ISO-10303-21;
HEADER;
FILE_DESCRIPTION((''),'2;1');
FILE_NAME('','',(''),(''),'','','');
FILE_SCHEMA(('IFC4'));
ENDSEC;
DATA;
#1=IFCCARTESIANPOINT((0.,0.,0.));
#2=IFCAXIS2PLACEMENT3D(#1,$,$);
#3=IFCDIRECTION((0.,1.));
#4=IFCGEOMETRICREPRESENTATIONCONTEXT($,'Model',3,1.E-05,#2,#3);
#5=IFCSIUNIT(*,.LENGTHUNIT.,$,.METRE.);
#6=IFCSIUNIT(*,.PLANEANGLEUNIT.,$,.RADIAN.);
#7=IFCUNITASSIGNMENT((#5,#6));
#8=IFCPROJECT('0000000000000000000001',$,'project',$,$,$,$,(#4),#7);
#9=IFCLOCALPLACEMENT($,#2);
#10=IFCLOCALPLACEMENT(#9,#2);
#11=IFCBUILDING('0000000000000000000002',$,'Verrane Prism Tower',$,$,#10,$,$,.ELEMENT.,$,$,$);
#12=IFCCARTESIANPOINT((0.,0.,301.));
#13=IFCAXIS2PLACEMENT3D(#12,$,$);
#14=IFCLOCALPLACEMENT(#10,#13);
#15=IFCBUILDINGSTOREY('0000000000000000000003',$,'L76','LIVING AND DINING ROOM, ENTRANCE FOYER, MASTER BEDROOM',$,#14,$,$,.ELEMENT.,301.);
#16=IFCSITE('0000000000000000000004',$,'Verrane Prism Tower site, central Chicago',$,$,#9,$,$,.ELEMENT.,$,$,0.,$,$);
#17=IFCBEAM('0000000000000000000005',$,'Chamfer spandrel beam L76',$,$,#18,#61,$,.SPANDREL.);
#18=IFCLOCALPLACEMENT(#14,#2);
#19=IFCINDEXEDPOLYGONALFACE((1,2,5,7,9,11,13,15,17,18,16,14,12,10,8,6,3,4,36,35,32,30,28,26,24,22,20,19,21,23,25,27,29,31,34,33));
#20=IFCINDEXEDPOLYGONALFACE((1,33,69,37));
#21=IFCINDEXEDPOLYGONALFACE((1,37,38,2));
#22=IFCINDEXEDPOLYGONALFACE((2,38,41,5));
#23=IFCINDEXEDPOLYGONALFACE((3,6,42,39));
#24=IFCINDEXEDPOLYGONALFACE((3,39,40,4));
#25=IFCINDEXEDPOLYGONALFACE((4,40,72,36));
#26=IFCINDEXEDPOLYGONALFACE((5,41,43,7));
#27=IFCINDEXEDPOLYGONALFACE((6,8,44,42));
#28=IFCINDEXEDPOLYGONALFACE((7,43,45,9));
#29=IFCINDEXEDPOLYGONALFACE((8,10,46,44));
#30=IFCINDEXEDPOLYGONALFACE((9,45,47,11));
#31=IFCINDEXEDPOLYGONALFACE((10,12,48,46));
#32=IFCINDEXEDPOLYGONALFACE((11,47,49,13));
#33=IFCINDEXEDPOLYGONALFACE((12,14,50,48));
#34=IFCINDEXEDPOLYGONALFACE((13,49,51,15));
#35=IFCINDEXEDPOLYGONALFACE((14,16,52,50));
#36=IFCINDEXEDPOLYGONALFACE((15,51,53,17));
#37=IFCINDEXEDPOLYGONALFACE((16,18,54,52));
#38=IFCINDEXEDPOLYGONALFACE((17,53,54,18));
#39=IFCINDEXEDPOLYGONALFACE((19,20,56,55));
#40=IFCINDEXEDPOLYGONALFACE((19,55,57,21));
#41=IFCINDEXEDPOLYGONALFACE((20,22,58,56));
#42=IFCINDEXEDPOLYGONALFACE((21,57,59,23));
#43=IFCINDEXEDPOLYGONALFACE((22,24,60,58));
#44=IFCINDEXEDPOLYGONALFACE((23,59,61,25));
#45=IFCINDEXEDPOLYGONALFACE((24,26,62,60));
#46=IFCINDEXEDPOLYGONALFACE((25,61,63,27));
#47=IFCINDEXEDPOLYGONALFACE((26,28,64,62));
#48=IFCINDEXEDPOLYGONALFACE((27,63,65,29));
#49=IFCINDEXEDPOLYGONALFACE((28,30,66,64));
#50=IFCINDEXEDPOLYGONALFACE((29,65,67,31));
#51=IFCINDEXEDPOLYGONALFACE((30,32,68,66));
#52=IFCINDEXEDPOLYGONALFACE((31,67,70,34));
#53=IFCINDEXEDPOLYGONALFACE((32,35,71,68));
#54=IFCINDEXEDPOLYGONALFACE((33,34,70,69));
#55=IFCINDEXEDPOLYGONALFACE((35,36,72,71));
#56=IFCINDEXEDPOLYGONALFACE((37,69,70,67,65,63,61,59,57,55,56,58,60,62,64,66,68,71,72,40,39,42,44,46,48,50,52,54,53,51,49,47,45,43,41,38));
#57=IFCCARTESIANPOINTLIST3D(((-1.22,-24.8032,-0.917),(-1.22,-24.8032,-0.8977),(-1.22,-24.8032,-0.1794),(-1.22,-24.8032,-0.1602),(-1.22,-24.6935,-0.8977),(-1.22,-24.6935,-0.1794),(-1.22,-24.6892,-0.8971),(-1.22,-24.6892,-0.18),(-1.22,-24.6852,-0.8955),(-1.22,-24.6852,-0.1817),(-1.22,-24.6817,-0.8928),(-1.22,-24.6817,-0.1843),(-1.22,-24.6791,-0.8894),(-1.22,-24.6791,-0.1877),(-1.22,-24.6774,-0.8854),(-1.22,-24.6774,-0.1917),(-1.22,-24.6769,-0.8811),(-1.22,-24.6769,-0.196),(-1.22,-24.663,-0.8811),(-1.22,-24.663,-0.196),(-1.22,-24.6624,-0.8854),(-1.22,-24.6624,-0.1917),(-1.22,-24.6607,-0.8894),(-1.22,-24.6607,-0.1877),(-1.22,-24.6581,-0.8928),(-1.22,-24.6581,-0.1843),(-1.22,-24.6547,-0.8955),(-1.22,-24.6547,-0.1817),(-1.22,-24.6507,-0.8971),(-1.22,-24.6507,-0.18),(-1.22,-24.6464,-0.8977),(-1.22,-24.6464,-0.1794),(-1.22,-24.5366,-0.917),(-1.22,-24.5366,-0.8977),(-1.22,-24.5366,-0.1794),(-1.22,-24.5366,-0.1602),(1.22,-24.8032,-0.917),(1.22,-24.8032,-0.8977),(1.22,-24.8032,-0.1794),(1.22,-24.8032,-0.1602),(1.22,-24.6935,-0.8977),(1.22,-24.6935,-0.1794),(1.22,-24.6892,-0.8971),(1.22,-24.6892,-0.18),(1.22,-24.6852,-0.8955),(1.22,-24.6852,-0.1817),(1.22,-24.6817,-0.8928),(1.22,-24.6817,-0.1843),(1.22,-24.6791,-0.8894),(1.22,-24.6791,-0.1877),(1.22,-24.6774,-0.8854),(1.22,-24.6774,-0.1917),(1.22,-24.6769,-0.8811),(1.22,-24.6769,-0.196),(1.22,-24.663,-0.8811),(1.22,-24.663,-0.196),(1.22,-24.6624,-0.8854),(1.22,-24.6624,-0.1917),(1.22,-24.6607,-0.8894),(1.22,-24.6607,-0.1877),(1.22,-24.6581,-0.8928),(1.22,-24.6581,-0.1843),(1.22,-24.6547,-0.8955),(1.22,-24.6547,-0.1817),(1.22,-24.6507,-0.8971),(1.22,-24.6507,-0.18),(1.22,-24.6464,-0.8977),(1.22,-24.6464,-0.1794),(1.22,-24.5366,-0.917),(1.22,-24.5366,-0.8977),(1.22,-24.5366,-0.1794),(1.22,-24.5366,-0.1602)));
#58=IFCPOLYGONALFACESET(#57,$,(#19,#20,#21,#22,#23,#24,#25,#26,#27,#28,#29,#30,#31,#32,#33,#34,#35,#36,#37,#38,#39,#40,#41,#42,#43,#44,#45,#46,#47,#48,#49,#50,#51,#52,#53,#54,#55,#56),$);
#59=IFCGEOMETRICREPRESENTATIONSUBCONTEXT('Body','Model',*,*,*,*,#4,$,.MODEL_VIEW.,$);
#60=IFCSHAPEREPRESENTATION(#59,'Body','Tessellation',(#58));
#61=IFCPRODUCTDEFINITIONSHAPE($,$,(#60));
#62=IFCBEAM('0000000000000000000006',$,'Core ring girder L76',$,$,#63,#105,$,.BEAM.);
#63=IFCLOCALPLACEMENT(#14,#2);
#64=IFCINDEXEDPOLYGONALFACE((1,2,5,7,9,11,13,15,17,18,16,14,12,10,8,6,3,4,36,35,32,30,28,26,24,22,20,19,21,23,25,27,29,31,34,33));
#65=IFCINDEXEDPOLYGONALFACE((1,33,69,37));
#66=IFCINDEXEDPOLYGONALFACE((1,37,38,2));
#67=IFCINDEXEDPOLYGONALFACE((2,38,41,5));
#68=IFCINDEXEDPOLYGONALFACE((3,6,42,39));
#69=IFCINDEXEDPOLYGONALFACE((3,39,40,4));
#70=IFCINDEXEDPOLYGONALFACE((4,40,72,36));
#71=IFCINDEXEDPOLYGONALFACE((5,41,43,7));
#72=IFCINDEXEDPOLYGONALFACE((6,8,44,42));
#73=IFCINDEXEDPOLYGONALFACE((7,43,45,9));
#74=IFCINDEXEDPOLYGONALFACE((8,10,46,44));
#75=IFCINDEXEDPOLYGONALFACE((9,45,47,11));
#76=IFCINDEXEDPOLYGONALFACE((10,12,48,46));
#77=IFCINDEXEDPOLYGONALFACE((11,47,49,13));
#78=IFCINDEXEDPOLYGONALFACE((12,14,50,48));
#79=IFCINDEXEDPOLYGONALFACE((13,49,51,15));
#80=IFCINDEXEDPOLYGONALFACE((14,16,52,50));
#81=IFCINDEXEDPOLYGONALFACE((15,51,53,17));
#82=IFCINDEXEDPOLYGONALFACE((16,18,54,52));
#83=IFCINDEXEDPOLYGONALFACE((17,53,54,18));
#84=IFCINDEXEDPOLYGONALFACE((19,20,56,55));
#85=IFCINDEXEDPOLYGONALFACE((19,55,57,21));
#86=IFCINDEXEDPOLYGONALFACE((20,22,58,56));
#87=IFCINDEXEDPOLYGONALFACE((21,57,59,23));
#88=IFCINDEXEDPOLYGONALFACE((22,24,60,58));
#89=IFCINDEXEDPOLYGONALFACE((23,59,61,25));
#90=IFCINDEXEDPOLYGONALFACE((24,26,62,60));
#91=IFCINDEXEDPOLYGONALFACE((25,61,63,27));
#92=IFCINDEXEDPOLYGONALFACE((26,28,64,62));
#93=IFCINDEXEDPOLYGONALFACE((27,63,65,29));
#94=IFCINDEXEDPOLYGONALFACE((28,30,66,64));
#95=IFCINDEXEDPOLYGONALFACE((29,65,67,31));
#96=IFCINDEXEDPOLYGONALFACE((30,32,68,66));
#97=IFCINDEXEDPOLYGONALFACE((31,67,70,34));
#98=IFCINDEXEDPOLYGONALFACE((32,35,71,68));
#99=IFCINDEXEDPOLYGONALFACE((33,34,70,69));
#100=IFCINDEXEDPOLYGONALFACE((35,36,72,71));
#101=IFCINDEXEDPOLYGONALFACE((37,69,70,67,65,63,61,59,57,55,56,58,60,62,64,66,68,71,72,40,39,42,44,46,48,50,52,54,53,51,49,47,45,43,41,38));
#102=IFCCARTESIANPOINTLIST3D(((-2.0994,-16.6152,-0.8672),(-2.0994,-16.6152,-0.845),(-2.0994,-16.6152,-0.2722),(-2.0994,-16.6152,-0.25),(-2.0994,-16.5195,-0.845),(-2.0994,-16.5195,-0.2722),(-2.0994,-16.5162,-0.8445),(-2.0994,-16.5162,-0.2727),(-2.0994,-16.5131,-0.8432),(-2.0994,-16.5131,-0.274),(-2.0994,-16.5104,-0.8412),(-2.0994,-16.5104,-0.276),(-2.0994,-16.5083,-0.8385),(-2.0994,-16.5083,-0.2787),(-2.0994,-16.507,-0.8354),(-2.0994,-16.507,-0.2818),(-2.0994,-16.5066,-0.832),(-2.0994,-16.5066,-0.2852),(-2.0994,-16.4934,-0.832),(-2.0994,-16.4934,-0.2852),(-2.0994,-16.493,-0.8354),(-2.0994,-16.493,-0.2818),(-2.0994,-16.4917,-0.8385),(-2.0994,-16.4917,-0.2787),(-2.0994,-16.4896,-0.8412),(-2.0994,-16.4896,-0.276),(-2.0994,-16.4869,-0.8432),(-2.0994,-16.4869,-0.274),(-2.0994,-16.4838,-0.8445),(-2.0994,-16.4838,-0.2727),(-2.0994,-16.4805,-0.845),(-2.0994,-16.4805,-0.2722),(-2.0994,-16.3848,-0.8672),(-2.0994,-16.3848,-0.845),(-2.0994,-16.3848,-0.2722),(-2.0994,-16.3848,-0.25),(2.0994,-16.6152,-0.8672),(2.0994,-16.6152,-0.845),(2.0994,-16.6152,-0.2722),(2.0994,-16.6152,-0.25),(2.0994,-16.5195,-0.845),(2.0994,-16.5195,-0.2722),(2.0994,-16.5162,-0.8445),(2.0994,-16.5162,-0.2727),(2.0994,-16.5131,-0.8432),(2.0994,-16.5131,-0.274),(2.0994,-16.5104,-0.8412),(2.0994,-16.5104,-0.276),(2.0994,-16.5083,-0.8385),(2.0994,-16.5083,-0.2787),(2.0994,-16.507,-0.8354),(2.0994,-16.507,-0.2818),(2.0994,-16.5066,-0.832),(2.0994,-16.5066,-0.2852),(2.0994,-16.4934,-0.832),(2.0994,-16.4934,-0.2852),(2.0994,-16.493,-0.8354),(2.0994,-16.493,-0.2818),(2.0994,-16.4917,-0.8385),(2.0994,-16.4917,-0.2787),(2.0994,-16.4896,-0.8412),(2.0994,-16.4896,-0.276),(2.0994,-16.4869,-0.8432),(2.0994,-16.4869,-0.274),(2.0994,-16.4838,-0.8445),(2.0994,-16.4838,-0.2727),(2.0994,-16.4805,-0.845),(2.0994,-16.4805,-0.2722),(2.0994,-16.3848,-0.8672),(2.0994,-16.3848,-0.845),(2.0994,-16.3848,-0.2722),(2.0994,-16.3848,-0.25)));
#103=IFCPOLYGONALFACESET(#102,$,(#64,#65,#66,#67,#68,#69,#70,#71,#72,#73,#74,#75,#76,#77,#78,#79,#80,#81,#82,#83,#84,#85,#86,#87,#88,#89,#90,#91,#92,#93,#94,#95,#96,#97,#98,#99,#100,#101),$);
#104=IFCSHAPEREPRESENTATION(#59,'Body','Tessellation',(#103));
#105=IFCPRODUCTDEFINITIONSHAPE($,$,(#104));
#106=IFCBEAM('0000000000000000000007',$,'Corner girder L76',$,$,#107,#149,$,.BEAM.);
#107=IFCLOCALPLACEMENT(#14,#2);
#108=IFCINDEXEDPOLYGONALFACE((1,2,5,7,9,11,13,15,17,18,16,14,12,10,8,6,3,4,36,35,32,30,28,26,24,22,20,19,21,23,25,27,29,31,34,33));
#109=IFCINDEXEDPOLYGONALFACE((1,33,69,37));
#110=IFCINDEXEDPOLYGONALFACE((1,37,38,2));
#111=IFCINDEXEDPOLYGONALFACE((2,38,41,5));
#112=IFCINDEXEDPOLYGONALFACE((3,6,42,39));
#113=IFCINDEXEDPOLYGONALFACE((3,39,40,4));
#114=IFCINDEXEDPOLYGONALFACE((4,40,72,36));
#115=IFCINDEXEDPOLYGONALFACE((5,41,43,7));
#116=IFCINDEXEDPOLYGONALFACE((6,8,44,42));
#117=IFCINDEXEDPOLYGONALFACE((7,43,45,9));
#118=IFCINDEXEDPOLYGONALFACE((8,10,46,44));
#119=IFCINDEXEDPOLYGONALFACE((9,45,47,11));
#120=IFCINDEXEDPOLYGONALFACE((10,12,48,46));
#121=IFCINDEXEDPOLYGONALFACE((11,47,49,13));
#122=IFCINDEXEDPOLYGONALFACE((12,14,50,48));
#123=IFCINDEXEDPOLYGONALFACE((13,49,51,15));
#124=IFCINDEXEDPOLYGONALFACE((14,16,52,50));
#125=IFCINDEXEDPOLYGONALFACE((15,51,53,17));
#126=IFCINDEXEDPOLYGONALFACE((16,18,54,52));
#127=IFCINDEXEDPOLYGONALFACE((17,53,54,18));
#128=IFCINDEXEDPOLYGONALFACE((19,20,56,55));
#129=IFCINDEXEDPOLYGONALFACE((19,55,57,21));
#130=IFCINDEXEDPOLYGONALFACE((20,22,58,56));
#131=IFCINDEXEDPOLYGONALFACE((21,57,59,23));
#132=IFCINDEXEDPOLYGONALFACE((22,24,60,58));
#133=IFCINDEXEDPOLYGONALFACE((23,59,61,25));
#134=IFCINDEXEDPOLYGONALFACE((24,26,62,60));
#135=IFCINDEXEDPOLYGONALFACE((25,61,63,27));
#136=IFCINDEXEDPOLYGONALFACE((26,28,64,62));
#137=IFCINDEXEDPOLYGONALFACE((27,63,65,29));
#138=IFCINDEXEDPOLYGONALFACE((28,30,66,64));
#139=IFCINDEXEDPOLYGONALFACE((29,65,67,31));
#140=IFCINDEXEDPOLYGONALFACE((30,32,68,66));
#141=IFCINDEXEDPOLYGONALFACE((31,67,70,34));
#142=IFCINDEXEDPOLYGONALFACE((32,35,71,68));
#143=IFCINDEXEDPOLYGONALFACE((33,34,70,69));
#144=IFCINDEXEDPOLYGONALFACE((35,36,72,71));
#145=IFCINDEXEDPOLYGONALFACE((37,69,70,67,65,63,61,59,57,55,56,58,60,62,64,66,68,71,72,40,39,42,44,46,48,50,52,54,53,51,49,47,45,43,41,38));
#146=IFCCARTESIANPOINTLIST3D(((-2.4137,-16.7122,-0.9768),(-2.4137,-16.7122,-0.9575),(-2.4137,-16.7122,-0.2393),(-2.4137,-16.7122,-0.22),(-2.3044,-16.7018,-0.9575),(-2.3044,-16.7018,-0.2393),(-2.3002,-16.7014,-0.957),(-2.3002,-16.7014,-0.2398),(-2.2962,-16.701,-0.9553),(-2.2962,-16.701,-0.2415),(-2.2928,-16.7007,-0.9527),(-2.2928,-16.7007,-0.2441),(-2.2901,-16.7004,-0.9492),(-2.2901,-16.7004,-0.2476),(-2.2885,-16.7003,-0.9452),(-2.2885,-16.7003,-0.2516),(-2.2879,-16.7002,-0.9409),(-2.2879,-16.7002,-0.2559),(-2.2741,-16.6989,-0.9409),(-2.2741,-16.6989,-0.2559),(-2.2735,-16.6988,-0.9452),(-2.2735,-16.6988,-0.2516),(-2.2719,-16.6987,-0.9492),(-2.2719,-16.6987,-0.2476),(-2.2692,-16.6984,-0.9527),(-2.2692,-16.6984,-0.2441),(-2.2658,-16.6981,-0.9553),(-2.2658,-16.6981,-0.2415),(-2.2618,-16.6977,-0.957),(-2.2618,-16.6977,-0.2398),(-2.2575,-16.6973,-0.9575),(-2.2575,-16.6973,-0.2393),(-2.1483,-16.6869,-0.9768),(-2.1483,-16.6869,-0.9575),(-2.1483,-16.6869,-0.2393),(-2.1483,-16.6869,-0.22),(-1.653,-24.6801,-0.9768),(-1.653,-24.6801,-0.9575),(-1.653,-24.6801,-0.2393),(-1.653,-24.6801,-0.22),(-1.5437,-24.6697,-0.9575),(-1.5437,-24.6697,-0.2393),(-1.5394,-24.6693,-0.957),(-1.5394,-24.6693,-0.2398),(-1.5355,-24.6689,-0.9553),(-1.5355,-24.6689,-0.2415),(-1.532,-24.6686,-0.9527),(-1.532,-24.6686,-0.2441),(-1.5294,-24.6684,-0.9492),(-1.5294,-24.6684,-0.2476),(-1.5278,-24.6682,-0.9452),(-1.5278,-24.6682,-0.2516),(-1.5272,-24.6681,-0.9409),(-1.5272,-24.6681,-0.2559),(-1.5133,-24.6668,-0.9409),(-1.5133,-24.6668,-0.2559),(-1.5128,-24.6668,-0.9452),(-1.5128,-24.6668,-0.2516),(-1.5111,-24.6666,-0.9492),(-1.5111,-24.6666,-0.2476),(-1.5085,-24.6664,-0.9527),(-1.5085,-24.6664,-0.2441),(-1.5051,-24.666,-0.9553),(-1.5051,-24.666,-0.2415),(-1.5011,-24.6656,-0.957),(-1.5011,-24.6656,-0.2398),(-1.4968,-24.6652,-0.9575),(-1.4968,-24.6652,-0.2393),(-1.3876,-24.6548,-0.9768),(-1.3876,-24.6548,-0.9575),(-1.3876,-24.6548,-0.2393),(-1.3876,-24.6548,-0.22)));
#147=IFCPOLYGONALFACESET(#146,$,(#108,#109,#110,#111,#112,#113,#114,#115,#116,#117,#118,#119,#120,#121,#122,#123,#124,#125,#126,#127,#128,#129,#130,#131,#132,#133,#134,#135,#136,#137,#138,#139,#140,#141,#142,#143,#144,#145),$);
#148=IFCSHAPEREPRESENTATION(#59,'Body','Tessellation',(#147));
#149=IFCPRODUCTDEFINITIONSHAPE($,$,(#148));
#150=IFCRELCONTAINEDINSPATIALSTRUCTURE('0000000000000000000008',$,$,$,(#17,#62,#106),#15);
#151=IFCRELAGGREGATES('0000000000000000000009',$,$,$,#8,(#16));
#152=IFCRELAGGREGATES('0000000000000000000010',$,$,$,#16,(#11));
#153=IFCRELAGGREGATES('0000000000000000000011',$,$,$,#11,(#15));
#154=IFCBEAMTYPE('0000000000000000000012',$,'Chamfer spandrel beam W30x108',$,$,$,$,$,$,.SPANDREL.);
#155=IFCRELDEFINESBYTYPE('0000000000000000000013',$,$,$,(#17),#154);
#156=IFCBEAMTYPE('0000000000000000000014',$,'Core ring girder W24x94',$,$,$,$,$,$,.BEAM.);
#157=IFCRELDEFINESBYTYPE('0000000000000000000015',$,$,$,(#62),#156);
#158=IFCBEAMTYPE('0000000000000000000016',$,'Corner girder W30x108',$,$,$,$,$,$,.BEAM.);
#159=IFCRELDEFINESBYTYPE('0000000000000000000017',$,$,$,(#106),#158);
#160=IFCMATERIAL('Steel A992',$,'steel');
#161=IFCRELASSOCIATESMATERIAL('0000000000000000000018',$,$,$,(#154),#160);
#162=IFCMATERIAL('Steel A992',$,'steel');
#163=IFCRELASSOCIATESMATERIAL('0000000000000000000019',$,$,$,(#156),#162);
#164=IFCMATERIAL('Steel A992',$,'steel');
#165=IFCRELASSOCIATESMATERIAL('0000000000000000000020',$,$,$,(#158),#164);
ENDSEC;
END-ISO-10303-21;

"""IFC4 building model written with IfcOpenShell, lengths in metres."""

from ifc_helpers import new_model, si_unit, direction, frame, origin, origin_2d, place, context, subcontext, project, spatial, i_section, extrude, material, material_profile, profile_set, type_object, element, save


model = new_model("IFC4")

# Units and contexts
model_context = context("Model", 3, precision=1e-05, world=origin(), true_north=direction((0.0, 1.0)))
body_context = subcontext(model_context, "Body", "Model", "MODEL_VIEW")
ifc_project = project(units=[si_unit("LENGTHUNIT", "METRE"), si_unit("PLANEANGLEUNIT", "RADIAN")], contexts=[model_context])

# Site, building, storey
site_placement = place(None, origin())
site = spatial("IfcSite", under=ifc_project, at=site_placement, Name="Verrane Prism Tower site, central Chicago", CompositionType="ELEMENT", RefElevation=0.0)
building_placement = place(site_placement, origin())
building = spatial("IfcBuilding", under=site, at=building_placement, Name="Verrane Prism Tower", CompositionType="ELEMENT")
storey_placement = place(building_placement, frame((0.0, 0.0, 301.0)))
storey = spatial("IfcBuildingStorey", under=building, at=storey_placement, Name="L76", Description="LIVING AND DINING ROOM, ENTRANCE FOYER, MASTER BEDROOM", CompositionType="ELEMENT", Elevation=301.0)

# Beams
ifc_material_1 = material(Name="Steel A992", Category="steel")
ifc_material_profile_1 = material_profile(ifc_material_1, i_section(OverallWidth=0.2666, OverallDepth=0.7568, WebThickness=0.0139, FlangeThickness=0.0193, FilletRadius=0.0166, at=origin_2d()), Name="W30x108")
ifc_profile_set_1 = profile_set([ifc_material_profile_1], Name="Steel A992")
beam_type_1 = type_object("IfcBeamType", Name="Chamfer spandrel beam W30x108", PredefinedType="SPANDREL", material=ifc_profile_set_1)
beam_1_placement = place(storey_placement, frame((-1.22, -24.6699, -0.5386), z_axis=(1.0, 0.0, 0.0), x_axis=(0.0, 1.0, 0.0)))
element("IfcBeam", 1, at=beam_1_placement, inside=storey, type_object=beam_type_1, Name="Chamfer spandrel beam L76", PredefinedType="SPANDREL", context=body_context, shape_type="SweptSolid", body=[
    extrude(i_section(OverallWidth=0.2666, OverallDepth=0.7568, WebThickness=0.0139, FlangeThickness=0.0193, FilletRadius=0.0166, at=origin_2d()), origin(), (0.0, 0.0, 1.0), 2.4399),
])
ifc_material_2 = material(Name="Steel A992", Category="steel")
ifc_material_profile_2 = material_profile(ifc_material_2, i_section(OverallWidth=0.2305, OverallDepth=0.6172, WebThickness=0.0132, FlangeThickness=0.0222, FilletRadius=0.0129, at=origin_2d()), Name="W24x94")
ifc_profile_set_2 = profile_set([ifc_material_profile_2], Name="Steel A992")
beam_type_2 = type_object("IfcBeamType", Name="Core ring girder W24x94", PredefinedType="BEAM", material=ifc_profile_set_2)
beam_2_placement = place(storey_placement, frame((-2.0994, -16.5, -0.5586), z_axis=(1.0, 0.0, 0.0), x_axis=(0.0, 1.0, 0.0)))
element("IfcBeam", 2, at=beam_2_placement, inside=storey, type_object=beam_type_2, Name="Core ring girder L76", PredefinedType="BEAM", context=body_context, shape_type="SweptSolid", body=[
    extrude(i_section(OverallWidth=0.2305, OverallDepth=0.6172, WebThickness=0.0132, FlangeThickness=0.0222, FilletRadius=0.0129, at=origin_2d()), origin(), (0.0, 0.0, 1.0), 4.1987),
])
ifc_material_3 = material(Name="Steel A992", Category="steel")
ifc_material_profile_3 = material_profile(ifc_material_3, i_section(OverallWidth=0.2666, OverallDepth=0.7568, WebThickness=0.0139, FlangeThickness=0.0193, FilletRadius=0.0166, at=origin_2d()), Name="W30x108")
ifc_profile_set_3 = profile_set([ifc_material_profile_3], Name="Steel A992")
beam_type_3 = type_object("IfcBeamType", Name="Corner girder W30x108", PredefinedType="BEAM", material=ifc_profile_set_3)
beam_3_placement = place(storey_placement, frame((-1.5203, -24.6675, -0.5984), z_axis=(-0.095042, 0.995473, 0.0), x_axis=(-0.995473, -0.095042, 0.0)))
element("IfcBeam", 3, at=beam_3_placement, inside=storey, type_object=beam_type_3, Name="Corner girder L76", PredefinedType="BEAM", context=body_context, shape_type="SweptSolid", body=[
    extrude(i_section(OverallWidth=0.2666, OverallDepth=0.7568, WebThickness=0.0139, FlangeThickness=0.0193, FilletRadius=0.0166, at=origin_2d()), origin(), (0.0, 0.0, 1.0), 8.0042),
])

save(model, "model.ifc")
